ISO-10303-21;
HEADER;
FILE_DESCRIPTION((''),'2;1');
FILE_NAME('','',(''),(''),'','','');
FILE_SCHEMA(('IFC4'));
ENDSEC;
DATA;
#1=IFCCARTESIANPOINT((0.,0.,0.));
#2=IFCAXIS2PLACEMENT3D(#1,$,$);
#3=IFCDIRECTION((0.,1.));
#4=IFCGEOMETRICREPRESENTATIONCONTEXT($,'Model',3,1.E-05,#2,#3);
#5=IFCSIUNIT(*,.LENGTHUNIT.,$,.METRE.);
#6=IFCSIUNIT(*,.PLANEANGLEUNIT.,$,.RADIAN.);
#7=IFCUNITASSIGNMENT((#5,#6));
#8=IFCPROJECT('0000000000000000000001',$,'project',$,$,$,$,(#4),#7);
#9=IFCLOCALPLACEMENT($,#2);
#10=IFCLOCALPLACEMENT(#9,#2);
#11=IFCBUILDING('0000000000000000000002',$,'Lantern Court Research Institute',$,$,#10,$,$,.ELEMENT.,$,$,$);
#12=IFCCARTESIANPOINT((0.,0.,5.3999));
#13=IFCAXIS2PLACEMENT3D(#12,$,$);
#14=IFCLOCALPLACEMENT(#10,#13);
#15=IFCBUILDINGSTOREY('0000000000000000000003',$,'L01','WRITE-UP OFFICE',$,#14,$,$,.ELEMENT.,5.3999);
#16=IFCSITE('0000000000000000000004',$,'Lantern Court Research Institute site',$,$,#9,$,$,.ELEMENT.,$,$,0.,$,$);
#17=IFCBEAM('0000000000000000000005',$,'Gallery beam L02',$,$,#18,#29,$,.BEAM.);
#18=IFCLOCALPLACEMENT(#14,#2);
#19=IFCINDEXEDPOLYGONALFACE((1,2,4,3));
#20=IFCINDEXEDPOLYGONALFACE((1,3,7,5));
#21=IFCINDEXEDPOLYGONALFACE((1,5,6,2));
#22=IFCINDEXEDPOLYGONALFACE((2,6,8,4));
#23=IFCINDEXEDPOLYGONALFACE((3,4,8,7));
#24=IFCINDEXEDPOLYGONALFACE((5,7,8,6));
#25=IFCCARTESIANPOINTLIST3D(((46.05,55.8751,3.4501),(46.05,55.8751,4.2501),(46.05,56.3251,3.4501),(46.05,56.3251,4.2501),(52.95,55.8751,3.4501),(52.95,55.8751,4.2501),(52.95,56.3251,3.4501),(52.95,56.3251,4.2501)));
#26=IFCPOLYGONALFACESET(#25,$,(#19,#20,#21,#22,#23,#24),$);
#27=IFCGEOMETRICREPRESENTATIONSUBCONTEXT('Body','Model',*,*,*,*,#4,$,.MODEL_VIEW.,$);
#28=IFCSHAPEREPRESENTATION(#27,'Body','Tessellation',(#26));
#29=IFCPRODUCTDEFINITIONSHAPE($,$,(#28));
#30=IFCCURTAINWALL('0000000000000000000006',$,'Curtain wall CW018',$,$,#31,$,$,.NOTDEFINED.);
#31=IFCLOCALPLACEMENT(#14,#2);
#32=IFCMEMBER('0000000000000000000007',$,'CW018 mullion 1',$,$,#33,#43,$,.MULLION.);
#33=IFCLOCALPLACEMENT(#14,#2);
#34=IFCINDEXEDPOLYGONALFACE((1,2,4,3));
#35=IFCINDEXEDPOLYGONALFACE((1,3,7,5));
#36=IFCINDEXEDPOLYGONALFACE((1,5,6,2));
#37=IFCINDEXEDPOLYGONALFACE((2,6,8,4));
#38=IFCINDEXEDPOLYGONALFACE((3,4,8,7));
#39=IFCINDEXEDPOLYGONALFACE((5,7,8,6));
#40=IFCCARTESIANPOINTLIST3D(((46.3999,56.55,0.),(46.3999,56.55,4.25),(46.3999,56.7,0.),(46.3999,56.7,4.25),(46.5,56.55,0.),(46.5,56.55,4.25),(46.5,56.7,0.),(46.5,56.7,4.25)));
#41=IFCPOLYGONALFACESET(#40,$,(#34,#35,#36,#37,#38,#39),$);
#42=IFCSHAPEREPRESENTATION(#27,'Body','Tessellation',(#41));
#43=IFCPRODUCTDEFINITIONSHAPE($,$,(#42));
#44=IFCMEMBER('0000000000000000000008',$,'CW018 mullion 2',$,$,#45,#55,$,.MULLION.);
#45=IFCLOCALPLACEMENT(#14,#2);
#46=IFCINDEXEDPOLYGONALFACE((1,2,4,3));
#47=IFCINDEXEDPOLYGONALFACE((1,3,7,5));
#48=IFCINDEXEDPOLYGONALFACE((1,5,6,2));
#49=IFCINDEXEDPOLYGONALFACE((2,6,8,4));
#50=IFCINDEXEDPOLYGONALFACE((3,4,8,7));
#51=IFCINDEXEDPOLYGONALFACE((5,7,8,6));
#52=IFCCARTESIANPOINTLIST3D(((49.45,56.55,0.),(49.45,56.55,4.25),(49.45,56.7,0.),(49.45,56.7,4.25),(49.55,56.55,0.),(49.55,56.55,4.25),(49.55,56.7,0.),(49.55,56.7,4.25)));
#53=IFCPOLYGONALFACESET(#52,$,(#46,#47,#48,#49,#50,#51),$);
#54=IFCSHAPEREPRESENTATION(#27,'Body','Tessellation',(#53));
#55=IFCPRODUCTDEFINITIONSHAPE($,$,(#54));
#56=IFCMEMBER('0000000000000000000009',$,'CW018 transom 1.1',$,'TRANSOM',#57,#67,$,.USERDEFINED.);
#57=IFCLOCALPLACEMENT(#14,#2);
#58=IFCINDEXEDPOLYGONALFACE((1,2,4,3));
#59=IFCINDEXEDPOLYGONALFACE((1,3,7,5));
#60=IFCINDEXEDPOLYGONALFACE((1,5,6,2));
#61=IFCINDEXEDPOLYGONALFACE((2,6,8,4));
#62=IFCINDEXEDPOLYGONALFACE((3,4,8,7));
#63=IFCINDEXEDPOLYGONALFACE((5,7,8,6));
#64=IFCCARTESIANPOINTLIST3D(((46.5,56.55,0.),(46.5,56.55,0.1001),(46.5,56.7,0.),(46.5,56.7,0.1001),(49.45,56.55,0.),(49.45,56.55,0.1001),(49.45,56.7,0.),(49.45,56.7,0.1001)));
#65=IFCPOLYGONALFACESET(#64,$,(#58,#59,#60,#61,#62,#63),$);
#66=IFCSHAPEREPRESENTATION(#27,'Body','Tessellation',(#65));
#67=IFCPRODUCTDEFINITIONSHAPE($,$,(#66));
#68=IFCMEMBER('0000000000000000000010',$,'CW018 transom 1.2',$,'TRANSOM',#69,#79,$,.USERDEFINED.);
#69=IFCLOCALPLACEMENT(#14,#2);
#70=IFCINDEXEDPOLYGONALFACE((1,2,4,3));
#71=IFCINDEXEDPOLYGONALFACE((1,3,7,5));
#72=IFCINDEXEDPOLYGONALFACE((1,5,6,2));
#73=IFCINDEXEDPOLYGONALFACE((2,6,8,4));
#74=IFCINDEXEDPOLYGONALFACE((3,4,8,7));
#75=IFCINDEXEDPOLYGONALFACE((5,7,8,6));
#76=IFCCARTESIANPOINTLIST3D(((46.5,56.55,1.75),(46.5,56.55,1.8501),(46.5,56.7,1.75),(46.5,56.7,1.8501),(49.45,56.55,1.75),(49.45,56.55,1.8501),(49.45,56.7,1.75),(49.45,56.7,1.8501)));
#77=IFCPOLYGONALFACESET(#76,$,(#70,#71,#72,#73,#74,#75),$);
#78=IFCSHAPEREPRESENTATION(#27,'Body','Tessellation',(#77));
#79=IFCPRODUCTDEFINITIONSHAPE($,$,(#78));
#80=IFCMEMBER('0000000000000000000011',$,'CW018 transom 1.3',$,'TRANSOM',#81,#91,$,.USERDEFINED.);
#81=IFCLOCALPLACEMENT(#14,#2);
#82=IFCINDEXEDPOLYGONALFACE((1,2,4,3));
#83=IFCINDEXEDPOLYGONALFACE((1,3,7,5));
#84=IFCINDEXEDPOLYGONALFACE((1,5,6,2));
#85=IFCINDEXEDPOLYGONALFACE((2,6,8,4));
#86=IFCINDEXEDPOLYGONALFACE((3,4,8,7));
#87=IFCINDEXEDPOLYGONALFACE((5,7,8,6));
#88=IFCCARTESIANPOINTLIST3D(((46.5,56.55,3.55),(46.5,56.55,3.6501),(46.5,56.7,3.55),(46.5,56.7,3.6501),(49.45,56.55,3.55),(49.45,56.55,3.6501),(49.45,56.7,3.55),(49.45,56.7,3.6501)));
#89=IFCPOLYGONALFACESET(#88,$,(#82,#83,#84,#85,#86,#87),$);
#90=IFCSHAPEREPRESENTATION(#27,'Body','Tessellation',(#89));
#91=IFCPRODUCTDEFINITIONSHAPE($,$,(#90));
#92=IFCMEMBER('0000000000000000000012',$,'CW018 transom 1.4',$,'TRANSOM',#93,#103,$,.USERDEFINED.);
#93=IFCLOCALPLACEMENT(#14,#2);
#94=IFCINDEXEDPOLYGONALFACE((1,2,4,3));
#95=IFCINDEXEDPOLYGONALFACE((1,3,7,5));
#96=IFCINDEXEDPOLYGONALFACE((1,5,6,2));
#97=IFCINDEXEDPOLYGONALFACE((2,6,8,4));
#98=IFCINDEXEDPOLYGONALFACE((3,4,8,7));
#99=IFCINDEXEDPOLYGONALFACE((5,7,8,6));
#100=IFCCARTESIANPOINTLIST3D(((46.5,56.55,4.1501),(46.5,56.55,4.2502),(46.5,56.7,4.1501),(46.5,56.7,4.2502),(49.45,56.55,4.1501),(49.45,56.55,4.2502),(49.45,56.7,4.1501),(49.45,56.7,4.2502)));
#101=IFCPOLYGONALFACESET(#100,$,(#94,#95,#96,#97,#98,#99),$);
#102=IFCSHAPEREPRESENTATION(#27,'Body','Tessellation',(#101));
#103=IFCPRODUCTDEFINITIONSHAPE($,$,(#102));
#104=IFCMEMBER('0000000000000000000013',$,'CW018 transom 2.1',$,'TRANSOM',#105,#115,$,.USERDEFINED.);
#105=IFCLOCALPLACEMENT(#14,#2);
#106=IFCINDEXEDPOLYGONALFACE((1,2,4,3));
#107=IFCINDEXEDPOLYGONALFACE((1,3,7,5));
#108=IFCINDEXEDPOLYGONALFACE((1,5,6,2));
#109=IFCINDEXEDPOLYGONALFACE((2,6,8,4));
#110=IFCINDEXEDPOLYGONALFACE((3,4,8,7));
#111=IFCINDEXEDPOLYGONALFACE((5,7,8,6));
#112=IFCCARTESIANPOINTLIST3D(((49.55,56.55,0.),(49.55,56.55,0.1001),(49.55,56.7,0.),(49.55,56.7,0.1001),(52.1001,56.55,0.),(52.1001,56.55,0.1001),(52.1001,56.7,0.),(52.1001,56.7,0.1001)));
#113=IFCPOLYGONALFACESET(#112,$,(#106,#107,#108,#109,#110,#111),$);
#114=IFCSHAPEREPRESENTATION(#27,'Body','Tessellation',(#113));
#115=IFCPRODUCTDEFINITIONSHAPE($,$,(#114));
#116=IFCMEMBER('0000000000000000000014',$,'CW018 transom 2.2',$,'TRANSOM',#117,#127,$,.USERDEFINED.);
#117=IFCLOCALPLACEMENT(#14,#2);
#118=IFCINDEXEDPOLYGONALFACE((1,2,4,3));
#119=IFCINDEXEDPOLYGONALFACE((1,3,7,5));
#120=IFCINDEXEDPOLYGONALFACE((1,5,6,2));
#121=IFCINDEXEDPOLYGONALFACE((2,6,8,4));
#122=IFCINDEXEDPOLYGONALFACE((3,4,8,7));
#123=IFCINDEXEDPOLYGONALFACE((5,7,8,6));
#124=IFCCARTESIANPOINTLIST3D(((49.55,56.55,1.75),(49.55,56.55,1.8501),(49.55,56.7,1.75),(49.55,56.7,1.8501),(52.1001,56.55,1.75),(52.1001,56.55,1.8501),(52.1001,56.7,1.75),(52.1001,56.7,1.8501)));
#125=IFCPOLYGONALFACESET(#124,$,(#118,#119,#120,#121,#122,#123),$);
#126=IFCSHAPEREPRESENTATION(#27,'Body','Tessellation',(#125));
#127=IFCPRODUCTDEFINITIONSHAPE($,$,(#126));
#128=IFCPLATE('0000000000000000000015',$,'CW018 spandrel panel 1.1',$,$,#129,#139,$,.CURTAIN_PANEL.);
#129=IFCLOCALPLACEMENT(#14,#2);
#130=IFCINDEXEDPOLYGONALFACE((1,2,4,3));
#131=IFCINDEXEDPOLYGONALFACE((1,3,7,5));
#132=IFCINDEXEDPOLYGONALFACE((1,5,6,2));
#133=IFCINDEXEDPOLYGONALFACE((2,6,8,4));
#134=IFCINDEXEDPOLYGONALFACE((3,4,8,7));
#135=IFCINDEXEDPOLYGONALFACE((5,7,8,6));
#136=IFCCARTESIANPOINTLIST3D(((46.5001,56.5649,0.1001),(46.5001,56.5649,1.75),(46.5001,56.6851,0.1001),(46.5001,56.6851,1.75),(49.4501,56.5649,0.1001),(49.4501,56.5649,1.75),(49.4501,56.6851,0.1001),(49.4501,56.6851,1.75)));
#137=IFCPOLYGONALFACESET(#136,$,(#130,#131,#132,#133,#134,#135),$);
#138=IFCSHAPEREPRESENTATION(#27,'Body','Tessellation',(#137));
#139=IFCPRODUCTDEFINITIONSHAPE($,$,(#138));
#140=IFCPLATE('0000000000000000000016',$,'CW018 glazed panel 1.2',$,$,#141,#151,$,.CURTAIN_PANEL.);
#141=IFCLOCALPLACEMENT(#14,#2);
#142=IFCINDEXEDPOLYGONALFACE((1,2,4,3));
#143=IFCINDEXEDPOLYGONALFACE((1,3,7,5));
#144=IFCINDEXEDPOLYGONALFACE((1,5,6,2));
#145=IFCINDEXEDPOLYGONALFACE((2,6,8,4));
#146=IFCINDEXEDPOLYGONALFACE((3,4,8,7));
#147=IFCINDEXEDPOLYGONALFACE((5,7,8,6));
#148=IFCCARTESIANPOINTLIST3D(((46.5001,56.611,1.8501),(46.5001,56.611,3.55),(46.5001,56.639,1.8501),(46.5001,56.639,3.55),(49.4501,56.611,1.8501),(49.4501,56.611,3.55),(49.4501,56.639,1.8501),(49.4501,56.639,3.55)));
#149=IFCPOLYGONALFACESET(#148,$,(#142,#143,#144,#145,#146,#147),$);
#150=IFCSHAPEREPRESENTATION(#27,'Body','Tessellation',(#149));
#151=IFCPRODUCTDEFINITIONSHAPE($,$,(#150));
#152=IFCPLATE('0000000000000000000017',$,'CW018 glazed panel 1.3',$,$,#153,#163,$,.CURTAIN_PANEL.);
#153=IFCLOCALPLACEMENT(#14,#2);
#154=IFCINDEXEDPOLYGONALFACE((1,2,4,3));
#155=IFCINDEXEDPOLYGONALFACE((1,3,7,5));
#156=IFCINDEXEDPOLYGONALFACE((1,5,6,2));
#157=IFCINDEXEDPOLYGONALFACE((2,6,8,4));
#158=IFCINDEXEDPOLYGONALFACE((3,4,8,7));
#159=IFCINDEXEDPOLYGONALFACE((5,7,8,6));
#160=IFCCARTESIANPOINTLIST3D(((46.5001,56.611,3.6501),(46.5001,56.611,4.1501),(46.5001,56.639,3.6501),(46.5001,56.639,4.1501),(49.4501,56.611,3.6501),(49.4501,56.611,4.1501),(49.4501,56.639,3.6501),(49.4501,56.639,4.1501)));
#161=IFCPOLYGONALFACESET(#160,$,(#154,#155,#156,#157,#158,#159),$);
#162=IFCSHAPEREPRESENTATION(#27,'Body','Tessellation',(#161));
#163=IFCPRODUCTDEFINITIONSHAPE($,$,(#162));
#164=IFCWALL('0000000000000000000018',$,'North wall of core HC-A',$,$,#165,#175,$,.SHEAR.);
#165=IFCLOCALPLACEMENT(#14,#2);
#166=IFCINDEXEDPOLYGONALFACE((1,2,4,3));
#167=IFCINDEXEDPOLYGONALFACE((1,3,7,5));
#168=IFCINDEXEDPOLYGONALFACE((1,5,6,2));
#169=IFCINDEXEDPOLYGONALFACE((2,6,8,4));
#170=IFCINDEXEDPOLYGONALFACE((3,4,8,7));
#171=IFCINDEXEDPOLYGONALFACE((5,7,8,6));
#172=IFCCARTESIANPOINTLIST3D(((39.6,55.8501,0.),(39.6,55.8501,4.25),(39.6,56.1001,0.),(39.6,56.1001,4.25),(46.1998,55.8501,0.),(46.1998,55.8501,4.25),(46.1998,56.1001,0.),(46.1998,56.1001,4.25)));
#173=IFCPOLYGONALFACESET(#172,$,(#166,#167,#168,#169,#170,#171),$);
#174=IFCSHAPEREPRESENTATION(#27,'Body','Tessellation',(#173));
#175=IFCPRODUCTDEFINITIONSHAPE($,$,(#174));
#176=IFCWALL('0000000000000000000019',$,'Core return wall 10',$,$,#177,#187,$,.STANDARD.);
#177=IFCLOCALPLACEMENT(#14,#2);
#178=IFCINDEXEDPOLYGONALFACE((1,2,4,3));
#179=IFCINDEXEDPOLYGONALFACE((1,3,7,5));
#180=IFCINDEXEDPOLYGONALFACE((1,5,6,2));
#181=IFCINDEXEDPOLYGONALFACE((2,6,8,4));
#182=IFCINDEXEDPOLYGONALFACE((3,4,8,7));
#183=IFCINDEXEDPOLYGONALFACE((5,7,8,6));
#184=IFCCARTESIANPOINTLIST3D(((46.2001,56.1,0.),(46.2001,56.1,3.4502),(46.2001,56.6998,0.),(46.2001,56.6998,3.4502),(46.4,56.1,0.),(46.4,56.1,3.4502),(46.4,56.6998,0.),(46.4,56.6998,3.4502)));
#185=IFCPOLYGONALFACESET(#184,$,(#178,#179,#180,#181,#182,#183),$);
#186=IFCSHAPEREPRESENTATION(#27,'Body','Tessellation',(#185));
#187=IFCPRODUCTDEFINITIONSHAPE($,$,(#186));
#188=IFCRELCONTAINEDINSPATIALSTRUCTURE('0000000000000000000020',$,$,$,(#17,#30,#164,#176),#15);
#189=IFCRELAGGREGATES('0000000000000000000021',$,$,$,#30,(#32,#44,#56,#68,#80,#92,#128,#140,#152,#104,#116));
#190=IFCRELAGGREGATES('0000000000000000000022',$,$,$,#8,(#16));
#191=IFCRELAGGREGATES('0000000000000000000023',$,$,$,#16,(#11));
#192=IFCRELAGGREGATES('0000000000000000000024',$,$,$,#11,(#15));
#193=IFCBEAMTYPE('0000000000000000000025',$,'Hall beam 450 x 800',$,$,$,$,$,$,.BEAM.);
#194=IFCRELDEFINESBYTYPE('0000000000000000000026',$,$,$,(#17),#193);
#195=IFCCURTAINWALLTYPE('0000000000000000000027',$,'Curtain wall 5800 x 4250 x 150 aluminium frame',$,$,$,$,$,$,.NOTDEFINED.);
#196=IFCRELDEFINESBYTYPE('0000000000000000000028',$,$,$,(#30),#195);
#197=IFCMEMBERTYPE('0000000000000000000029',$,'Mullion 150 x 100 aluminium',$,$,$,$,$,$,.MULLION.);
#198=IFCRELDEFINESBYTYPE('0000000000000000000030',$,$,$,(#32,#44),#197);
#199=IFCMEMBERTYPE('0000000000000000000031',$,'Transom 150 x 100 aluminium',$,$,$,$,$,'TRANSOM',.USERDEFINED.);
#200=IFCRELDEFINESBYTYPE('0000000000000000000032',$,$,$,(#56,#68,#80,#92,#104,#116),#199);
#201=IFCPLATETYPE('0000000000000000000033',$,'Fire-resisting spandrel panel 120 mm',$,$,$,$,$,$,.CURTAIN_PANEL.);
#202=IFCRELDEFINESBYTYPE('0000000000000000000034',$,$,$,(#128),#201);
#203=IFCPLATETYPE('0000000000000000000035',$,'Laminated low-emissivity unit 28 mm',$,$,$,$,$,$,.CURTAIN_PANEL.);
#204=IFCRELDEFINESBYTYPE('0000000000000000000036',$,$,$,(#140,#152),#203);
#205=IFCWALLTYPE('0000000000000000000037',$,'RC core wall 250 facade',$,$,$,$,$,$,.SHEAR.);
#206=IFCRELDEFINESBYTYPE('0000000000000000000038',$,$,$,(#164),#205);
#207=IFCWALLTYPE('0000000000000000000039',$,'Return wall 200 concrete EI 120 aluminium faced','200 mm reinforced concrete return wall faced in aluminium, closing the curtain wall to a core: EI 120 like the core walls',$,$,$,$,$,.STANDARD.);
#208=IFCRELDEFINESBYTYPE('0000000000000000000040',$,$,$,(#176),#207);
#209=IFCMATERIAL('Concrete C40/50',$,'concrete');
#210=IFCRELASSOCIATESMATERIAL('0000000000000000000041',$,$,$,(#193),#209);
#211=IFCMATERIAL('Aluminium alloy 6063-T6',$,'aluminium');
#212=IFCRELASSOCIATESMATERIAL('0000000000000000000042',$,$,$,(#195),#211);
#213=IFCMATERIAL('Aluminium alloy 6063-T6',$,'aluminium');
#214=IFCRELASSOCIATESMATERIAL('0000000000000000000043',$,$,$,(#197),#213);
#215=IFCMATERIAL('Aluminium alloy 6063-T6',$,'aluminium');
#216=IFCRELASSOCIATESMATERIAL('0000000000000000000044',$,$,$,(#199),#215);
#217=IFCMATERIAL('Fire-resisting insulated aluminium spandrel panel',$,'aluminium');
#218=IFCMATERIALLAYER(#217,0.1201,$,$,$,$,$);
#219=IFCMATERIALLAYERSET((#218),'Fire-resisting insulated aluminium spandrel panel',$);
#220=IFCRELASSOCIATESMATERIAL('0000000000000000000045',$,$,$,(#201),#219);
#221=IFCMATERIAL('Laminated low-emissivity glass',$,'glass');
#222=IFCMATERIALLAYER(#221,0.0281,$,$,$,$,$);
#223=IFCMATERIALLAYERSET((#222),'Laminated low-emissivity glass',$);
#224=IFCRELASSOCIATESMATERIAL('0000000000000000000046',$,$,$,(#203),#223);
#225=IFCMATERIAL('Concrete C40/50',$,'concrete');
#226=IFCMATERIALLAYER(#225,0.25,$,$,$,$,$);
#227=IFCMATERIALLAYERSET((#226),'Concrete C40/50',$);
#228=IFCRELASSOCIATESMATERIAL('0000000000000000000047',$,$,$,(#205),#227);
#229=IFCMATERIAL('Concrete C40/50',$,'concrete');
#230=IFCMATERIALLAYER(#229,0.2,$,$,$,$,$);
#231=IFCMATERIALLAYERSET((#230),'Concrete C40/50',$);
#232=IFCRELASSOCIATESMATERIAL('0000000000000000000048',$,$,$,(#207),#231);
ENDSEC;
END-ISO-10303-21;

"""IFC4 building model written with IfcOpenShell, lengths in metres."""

from ifc_helpers import new_model, si_unit, direction, frame, frame_2d, origin, origin_2d, place, context, subcontext, project, spatial, rectangle, extrude, material, layer, layer_set, material_profile, profile_set, type_object, element, aggregate, save


model = new_model("IFC4")

# Units and contexts
model_context = context("Model", 3, precision=1e-05, world=origin(), true_north=direction((0.0, 1.0)))
body_context = subcontext(model_context, "Body", "Model", "MODEL_VIEW")
ifc_project = project(units=[si_unit("LENGTHUNIT", "METRE"), si_unit("PLANEANGLEUNIT", "RADIAN")], contexts=[model_context])

# Site, building, storey
site_placement = place(None, origin())
site = spatial("IfcSite", under=ifc_project, at=site_placement, Name="Lantern Court Research Institute site", CompositionType="ELEMENT", RefElevation=0.0)
building_placement = place(site_placement, origin())
building = spatial("IfcBuilding", under=site, at=building_placement, Name="Lantern Court Research Institute", CompositionType="ELEMENT")
storey_placement = place(building_placement, frame((0.0, 0.0, 5.3999)))
storey = spatial("IfcBuildingStorey", under=building, at=storey_placement, Name="L01", Description="WRITE-UP OFFICE", CompositionType="ELEMENT", Elevation=5.3999)

# Beam
ifc_material_1 = material(Name="Concrete C40/50", Category="concrete")
ifc_material_profile_1 = material_profile(ifc_material_1, rectangle(XDim=0.45, YDim=0.8, at=origin_2d()), Name="Hall beam 450 x 800")
ifc_profile_set_1 = profile_set([ifc_material_profile_1], Name="Concrete C40/50")
beam_type = type_object("IfcBeamType", Name="Hall beam 450 x 800", PredefinedType="BEAM", material=ifc_profile_set_1)
beam_placement = place(storey_placement, frame((46.05, 56.1001, 3.8501), z_axis=(1.0, 0.0, 0.0), x_axis=(0.0, 1.0, 0.0)))
element("IfcBeam", 1, at=beam_placement, inside=storey, type_object=beam_type, Name="Gallery beam L02", PredefinedType="BEAM", context=body_context, shape_type="SweptSolid", body=[
    extrude(rectangle(XDim=0.45, YDim=0.8, at=origin_2d()), origin(), (0.0, 0.0, 1.0), 6.8999),
])

# Curtain wall, members, plates
ifc_material_2 = material(Name="Aluminium alloy 6063-T6", Category="aluminium")
curtain_wall_type = type_object("IfcCurtainWallType", Name="Curtain wall 5800 x 4250 x 150 aluminium frame", PredefinedType="NOTDEFINED", material=ifc_material_2)
curtain_wall_placement = place(storey_placement, origin())
curtain_wall = element("IfcCurtainWall", 2, at=curtain_wall_placement, inside=storey, type_object=curtain_wall_type, Name="Curtain wall CW018", PredefinedType="NOTDEFINED")
ifc_material_3 = material(Name="Aluminium alloy 6063-T6", Category="aluminium")
ifc_material_profile_2 = material_profile(ifc_material_3, rectangle(XDim=0.1499, YDim=0.1001, at=origin_2d()), Name="Mullion 150 x 100")
ifc_profile_set_2 = profile_set([ifc_material_profile_2], Name="Aluminium alloy 6063-T6")
member_type_1 = type_object("IfcMemberType", Name="Mullion 150 x 100 aluminium", PredefinedType="MULLION", material=ifc_profile_set_2)
member_1_placement = place(storey_placement, frame((46.45, 56.625, 0.0), z_axis=(0.0, 0.0, 1.0), x_axis=(0.0, 1.0, 0.0)))
member_1 = element("IfcMember", 3, at=member_1_placement, type_object=member_type_1, Name="CW018 mullion 1", PredefinedType="MULLION", context=body_context, shape_type="SweptSolid", body=[
    extrude(rectangle(XDim=0.1499, YDim=0.1001, at=origin_2d()), origin(), (0.0, 0.0, 1.0), 4.25),
])
member_2_placement = place(storey_placement, frame((49.5, 56.625, 0.0), z_axis=(0.0, 0.0, 1.0), x_axis=(0.0, 1.0, 0.0)))
member_2 = element("IfcMember", 4, at=member_2_placement, type_object=member_type_1, Name="CW018 mullion 2", PredefinedType="MULLION", context=body_context, shape_type="SweptSolid", body=[
    extrude(rectangle(XDim=0.1499, YDim=0.1001, at=origin_2d()), origin(), (0.0, 0.0, 1.0), 4.25),
])
ifc_material_4 = material(Name="Aluminium alloy 6063-T6", Category="aluminium")
ifc_material_profile_3 = material_profile(ifc_material_4, rectangle(XDim=0.1499, YDim=0.1001, at=origin_2d()), Name="Transom 150 x 100")
ifc_profile_set_3 = profile_set([ifc_material_profile_3], Name="Aluminium alloy 6063-T6")
member_type_2 = type_object("IfcMemberType", Name="Transom 150 x 100 aluminium", ElementType="TRANSOM", PredefinedType="USERDEFINED", material=ifc_profile_set_3)
member_3_placement = place(storey_placement, frame((46.5, 56.625, 0.05), z_axis=(1.0, 0.0, 0.0), x_axis=(0.0, 1.0, 0.0)))
member_3 = element("IfcMember", 5, at=member_3_placement, type_object=member_type_2, Name="CW018 transom 1.1", ObjectType="TRANSOM", PredefinedType="USERDEFINED", context=body_context, shape_type="SweptSolid", body=[
    extrude(rectangle(XDim=0.1499, YDim=0.1001, at=origin_2d()), origin(), (0.0, 0.0, 1.0), 2.95),
])
member_4_placement = place(storey_placement, frame((46.5, 56.625, 1.8), z_axis=(1.0, 0.0, 0.0), x_axis=(0.0, 1.0, 0.0)))
member_4 = element("IfcMember", 6, at=member_4_placement, type_object=member_type_2, Name="CW018 transom 1.2", ObjectType="TRANSOM", PredefinedType="USERDEFINED", context=body_context, shape_type="SweptSolid", body=[
    extrude(rectangle(XDim=0.1499, YDim=0.1001, at=origin_2d()), origin(), (0.0, 0.0, 1.0), 2.95),
])
member_5_placement = place(storey_placement, frame((46.5, 56.625, 3.6001), z_axis=(1.0, 0.0, 0.0), x_axis=(0.0, 1.0, 0.0)))
member_5 = element("IfcMember", 7, at=member_5_placement, type_object=member_type_2, Name="CW018 transom 1.3", ObjectType="TRANSOM", PredefinedType="USERDEFINED", context=body_context, shape_type="SweptSolid", body=[
    extrude(rectangle(XDim=0.1499, YDim=0.1001, at=origin_2d()), origin(), (0.0, 0.0, 1.0), 2.95),
])
member_6_placement = place(storey_placement, frame((46.5, 56.625, 4.2002), z_axis=(1.0, 0.0, 0.0), x_axis=(0.0, 1.0, 0.0)))
member_6 = element("IfcMember", 8, at=member_6_placement, type_object=member_type_2, Name="CW018 transom 1.4", ObjectType="TRANSOM", PredefinedType="USERDEFINED", context=body_context, shape_type="SweptSolid", body=[
    extrude(rectangle(XDim=0.1499, YDim=0.1001, at=origin_2d()), origin(), (0.0, 0.0, 1.0), 2.95),
])
member_7_placement = place(storey_placement, frame((49.55, 56.625, 0.05), z_axis=(1.0, 0.0, 0.0), x_axis=(0.0, 1.0, 0.0)))
member_7 = element("IfcMember", 9, at=member_7_placement, type_object=member_type_2, Name="CW018 transom 2.1", ObjectType="TRANSOM", PredefinedType="USERDEFINED", context=body_context, shape_type="SweptSolid", body=[
    extrude(rectangle(XDim=0.1499, YDim=0.1001, at=origin_2d()), origin(), (0.0, 0.0, 1.0), 2.55),
])
member_8_placement = place(storey_placement, frame((49.55, 56.625, 1.8), z_axis=(1.0, 0.0, 0.0), x_axis=(0.0, 1.0, 0.0)))
member_8 = element("IfcMember", 10, at=member_8_placement, type_object=member_type_2, Name="CW018 transom 2.2", ObjectType="TRANSOM", PredefinedType="USERDEFINED", context=body_context, shape_type="SweptSolid", body=[
    extrude(rectangle(XDim=0.1499, YDim=0.1001, at=origin_2d()), origin(), (0.0, 0.0, 1.0), 2.55),
])
ifc_material_5 = material(Name="Fire-resisting insulated aluminium spandrel panel", Category="aluminium")
ifc_layer_1 = layer(ifc_material_5, 0.1201)
ifc_layer_set_1 = layer_set([ifc_layer_1], Name="Fire-resisting insulated aluminium spandrel panel")
plate_type_1 = type_object("IfcPlateType", Name="Fire-resisting spandrel panel 120 mm", PredefinedType="CURTAIN_PANEL", material=ifc_layer_set_1)
plate_1_placement = place(storey_placement, frame((47.9751, 56.625, 0.1001), z_axis=(0.0, 0.0, 1.0), x_axis=(1.0, 0.0, 0.0)))
plate_1 = element("IfcPlate", 11, at=plate_1_placement, type_object=plate_type_1, Name="CW018 spandrel panel 1.1", PredefinedType="CURTAIN_PANEL", context=body_context, shape_type="SweptSolid", body=[
    extrude(rectangle(XDim=2.95, YDim=0.1201, at=origin_2d()), origin(), (0.0, 0.0, 1.0), 1.6499),
])
ifc_material_6 = material(Name="Laminated low-emissivity glass", Category="glass")
ifc_layer_2 = layer(ifc_material_6, 0.0281)
ifc_layer_set_2 = layer_set([ifc_layer_2], Name="Laminated low-emissivity glass")
plate_type_2 = type_object("IfcPlateType", Name="Laminated low-emissivity unit 28 mm", PredefinedType="CURTAIN_PANEL", material=ifc_layer_set_2)
plate_2_placement = place(storey_placement, frame((47.9751, 56.625, 1.8501), z_axis=(0.0, 0.0, 1.0), x_axis=(1.0, 0.0, 0.0)))
plate_2 = element("IfcPlate", 12, at=plate_2_placement, type_object=plate_type_2, Name="CW018 glazed panel 1.2", PredefinedType="CURTAIN_PANEL", context=body_context, shape_type="SweptSolid", body=[
    extrude(rectangle(XDim=2.95, YDim=0.0281, at=origin_2d()), origin(), (0.0, 0.0, 1.0), 1.7),
])
plate_3_placement = place(storey_placement, frame((47.9751, 56.625, 3.6501), z_axis=(0.0, 0.0, 1.0), x_axis=(1.0, 0.0, 0.0)))
plate_3 = element("IfcPlate", 13, at=plate_3_placement, type_object=plate_type_2, Name="CW018 glazed panel 1.3", PredefinedType="CURTAIN_PANEL", context=body_context, shape_type="SweptSolid", body=[
    extrude(rectangle(XDim=2.95, YDim=0.0281, at=origin_2d()), origin(), (0.0, 0.0, 1.0), 0.5),
])
aggregate(curtain_wall, [member_1, member_2, member_3, member_4, member_5, member_6, plate_1, plate_2, plate_3, member_7, member_8])

# Walls
ifc_material_7 = material(Name="Concrete C40/50", Category="concrete")
ifc_layer_3 = layer(ifc_material_7, 0.25)
ifc_layer_set_3 = layer_set([ifc_layer_3], Name="Concrete C40/50")
wall_type_1 = type_object("IfcWallType", Name="RC core wall 250 facade", PredefinedType="SHEAR", material=ifc_layer_set_3)
wall_1_placement = place(storey_placement, frame((39.6001, 55.9751, 0.0), z_axis=(0.0, 0.0, 1.0), x_axis=(1.0, 0.0, 0.0)))
element("IfcWall", 14, at=wall_1_placement, inside=storey, type_object=wall_type_1, Name="North wall of core HC-A", PredefinedType="SHEAR", context=body_context, shape_type="SweptSolid", body=[
    extrude(rectangle(XDim=6.5999, YDim=0.25, at=frame_2d((3.2998, 0.0))), origin(), (0.0, 0.0, 1.0), 4.25),
])
ifc_material_8 = material(Name="Concrete C40/50", Category="concrete")
ifc_layer_4 = layer(ifc_material_8, 0.2)
ifc_layer_set_4 = layer_set([ifc_layer_4], Name="Concrete C40/50")
wall_type_2 = type_object("IfcWallType", Name="Return wall 200 concrete EI 120 aluminium faced", Description="200 mm reinforced concrete return wall faced in aluminium, closing the curtain wall to a core: EI 120 like the core walls", PredefinedType="STANDARD", material=ifc_layer_set_4)
wall_2_placement = place(storey_placement, frame((46.3, 56.1001, 0.0), z_axis=(0.0, 0.0, 1.0), x_axis=(0.0, 1.0, 0.0)))
element("IfcWall", 15, at=wall_2_placement, inside=storey, type_object=wall_type_2, Name="Core return wall 10", PredefinedType="STANDARD", context=body_context, shape_type="SweptSolid", body=[
    extrude(rectangle(XDim=0.5999, YDim=0.2, at=frame_2d((0.2998, 0.0))), origin(), (0.0, 0.0, 1.0), 3.4502),
])

save(model, "model.ifc")
